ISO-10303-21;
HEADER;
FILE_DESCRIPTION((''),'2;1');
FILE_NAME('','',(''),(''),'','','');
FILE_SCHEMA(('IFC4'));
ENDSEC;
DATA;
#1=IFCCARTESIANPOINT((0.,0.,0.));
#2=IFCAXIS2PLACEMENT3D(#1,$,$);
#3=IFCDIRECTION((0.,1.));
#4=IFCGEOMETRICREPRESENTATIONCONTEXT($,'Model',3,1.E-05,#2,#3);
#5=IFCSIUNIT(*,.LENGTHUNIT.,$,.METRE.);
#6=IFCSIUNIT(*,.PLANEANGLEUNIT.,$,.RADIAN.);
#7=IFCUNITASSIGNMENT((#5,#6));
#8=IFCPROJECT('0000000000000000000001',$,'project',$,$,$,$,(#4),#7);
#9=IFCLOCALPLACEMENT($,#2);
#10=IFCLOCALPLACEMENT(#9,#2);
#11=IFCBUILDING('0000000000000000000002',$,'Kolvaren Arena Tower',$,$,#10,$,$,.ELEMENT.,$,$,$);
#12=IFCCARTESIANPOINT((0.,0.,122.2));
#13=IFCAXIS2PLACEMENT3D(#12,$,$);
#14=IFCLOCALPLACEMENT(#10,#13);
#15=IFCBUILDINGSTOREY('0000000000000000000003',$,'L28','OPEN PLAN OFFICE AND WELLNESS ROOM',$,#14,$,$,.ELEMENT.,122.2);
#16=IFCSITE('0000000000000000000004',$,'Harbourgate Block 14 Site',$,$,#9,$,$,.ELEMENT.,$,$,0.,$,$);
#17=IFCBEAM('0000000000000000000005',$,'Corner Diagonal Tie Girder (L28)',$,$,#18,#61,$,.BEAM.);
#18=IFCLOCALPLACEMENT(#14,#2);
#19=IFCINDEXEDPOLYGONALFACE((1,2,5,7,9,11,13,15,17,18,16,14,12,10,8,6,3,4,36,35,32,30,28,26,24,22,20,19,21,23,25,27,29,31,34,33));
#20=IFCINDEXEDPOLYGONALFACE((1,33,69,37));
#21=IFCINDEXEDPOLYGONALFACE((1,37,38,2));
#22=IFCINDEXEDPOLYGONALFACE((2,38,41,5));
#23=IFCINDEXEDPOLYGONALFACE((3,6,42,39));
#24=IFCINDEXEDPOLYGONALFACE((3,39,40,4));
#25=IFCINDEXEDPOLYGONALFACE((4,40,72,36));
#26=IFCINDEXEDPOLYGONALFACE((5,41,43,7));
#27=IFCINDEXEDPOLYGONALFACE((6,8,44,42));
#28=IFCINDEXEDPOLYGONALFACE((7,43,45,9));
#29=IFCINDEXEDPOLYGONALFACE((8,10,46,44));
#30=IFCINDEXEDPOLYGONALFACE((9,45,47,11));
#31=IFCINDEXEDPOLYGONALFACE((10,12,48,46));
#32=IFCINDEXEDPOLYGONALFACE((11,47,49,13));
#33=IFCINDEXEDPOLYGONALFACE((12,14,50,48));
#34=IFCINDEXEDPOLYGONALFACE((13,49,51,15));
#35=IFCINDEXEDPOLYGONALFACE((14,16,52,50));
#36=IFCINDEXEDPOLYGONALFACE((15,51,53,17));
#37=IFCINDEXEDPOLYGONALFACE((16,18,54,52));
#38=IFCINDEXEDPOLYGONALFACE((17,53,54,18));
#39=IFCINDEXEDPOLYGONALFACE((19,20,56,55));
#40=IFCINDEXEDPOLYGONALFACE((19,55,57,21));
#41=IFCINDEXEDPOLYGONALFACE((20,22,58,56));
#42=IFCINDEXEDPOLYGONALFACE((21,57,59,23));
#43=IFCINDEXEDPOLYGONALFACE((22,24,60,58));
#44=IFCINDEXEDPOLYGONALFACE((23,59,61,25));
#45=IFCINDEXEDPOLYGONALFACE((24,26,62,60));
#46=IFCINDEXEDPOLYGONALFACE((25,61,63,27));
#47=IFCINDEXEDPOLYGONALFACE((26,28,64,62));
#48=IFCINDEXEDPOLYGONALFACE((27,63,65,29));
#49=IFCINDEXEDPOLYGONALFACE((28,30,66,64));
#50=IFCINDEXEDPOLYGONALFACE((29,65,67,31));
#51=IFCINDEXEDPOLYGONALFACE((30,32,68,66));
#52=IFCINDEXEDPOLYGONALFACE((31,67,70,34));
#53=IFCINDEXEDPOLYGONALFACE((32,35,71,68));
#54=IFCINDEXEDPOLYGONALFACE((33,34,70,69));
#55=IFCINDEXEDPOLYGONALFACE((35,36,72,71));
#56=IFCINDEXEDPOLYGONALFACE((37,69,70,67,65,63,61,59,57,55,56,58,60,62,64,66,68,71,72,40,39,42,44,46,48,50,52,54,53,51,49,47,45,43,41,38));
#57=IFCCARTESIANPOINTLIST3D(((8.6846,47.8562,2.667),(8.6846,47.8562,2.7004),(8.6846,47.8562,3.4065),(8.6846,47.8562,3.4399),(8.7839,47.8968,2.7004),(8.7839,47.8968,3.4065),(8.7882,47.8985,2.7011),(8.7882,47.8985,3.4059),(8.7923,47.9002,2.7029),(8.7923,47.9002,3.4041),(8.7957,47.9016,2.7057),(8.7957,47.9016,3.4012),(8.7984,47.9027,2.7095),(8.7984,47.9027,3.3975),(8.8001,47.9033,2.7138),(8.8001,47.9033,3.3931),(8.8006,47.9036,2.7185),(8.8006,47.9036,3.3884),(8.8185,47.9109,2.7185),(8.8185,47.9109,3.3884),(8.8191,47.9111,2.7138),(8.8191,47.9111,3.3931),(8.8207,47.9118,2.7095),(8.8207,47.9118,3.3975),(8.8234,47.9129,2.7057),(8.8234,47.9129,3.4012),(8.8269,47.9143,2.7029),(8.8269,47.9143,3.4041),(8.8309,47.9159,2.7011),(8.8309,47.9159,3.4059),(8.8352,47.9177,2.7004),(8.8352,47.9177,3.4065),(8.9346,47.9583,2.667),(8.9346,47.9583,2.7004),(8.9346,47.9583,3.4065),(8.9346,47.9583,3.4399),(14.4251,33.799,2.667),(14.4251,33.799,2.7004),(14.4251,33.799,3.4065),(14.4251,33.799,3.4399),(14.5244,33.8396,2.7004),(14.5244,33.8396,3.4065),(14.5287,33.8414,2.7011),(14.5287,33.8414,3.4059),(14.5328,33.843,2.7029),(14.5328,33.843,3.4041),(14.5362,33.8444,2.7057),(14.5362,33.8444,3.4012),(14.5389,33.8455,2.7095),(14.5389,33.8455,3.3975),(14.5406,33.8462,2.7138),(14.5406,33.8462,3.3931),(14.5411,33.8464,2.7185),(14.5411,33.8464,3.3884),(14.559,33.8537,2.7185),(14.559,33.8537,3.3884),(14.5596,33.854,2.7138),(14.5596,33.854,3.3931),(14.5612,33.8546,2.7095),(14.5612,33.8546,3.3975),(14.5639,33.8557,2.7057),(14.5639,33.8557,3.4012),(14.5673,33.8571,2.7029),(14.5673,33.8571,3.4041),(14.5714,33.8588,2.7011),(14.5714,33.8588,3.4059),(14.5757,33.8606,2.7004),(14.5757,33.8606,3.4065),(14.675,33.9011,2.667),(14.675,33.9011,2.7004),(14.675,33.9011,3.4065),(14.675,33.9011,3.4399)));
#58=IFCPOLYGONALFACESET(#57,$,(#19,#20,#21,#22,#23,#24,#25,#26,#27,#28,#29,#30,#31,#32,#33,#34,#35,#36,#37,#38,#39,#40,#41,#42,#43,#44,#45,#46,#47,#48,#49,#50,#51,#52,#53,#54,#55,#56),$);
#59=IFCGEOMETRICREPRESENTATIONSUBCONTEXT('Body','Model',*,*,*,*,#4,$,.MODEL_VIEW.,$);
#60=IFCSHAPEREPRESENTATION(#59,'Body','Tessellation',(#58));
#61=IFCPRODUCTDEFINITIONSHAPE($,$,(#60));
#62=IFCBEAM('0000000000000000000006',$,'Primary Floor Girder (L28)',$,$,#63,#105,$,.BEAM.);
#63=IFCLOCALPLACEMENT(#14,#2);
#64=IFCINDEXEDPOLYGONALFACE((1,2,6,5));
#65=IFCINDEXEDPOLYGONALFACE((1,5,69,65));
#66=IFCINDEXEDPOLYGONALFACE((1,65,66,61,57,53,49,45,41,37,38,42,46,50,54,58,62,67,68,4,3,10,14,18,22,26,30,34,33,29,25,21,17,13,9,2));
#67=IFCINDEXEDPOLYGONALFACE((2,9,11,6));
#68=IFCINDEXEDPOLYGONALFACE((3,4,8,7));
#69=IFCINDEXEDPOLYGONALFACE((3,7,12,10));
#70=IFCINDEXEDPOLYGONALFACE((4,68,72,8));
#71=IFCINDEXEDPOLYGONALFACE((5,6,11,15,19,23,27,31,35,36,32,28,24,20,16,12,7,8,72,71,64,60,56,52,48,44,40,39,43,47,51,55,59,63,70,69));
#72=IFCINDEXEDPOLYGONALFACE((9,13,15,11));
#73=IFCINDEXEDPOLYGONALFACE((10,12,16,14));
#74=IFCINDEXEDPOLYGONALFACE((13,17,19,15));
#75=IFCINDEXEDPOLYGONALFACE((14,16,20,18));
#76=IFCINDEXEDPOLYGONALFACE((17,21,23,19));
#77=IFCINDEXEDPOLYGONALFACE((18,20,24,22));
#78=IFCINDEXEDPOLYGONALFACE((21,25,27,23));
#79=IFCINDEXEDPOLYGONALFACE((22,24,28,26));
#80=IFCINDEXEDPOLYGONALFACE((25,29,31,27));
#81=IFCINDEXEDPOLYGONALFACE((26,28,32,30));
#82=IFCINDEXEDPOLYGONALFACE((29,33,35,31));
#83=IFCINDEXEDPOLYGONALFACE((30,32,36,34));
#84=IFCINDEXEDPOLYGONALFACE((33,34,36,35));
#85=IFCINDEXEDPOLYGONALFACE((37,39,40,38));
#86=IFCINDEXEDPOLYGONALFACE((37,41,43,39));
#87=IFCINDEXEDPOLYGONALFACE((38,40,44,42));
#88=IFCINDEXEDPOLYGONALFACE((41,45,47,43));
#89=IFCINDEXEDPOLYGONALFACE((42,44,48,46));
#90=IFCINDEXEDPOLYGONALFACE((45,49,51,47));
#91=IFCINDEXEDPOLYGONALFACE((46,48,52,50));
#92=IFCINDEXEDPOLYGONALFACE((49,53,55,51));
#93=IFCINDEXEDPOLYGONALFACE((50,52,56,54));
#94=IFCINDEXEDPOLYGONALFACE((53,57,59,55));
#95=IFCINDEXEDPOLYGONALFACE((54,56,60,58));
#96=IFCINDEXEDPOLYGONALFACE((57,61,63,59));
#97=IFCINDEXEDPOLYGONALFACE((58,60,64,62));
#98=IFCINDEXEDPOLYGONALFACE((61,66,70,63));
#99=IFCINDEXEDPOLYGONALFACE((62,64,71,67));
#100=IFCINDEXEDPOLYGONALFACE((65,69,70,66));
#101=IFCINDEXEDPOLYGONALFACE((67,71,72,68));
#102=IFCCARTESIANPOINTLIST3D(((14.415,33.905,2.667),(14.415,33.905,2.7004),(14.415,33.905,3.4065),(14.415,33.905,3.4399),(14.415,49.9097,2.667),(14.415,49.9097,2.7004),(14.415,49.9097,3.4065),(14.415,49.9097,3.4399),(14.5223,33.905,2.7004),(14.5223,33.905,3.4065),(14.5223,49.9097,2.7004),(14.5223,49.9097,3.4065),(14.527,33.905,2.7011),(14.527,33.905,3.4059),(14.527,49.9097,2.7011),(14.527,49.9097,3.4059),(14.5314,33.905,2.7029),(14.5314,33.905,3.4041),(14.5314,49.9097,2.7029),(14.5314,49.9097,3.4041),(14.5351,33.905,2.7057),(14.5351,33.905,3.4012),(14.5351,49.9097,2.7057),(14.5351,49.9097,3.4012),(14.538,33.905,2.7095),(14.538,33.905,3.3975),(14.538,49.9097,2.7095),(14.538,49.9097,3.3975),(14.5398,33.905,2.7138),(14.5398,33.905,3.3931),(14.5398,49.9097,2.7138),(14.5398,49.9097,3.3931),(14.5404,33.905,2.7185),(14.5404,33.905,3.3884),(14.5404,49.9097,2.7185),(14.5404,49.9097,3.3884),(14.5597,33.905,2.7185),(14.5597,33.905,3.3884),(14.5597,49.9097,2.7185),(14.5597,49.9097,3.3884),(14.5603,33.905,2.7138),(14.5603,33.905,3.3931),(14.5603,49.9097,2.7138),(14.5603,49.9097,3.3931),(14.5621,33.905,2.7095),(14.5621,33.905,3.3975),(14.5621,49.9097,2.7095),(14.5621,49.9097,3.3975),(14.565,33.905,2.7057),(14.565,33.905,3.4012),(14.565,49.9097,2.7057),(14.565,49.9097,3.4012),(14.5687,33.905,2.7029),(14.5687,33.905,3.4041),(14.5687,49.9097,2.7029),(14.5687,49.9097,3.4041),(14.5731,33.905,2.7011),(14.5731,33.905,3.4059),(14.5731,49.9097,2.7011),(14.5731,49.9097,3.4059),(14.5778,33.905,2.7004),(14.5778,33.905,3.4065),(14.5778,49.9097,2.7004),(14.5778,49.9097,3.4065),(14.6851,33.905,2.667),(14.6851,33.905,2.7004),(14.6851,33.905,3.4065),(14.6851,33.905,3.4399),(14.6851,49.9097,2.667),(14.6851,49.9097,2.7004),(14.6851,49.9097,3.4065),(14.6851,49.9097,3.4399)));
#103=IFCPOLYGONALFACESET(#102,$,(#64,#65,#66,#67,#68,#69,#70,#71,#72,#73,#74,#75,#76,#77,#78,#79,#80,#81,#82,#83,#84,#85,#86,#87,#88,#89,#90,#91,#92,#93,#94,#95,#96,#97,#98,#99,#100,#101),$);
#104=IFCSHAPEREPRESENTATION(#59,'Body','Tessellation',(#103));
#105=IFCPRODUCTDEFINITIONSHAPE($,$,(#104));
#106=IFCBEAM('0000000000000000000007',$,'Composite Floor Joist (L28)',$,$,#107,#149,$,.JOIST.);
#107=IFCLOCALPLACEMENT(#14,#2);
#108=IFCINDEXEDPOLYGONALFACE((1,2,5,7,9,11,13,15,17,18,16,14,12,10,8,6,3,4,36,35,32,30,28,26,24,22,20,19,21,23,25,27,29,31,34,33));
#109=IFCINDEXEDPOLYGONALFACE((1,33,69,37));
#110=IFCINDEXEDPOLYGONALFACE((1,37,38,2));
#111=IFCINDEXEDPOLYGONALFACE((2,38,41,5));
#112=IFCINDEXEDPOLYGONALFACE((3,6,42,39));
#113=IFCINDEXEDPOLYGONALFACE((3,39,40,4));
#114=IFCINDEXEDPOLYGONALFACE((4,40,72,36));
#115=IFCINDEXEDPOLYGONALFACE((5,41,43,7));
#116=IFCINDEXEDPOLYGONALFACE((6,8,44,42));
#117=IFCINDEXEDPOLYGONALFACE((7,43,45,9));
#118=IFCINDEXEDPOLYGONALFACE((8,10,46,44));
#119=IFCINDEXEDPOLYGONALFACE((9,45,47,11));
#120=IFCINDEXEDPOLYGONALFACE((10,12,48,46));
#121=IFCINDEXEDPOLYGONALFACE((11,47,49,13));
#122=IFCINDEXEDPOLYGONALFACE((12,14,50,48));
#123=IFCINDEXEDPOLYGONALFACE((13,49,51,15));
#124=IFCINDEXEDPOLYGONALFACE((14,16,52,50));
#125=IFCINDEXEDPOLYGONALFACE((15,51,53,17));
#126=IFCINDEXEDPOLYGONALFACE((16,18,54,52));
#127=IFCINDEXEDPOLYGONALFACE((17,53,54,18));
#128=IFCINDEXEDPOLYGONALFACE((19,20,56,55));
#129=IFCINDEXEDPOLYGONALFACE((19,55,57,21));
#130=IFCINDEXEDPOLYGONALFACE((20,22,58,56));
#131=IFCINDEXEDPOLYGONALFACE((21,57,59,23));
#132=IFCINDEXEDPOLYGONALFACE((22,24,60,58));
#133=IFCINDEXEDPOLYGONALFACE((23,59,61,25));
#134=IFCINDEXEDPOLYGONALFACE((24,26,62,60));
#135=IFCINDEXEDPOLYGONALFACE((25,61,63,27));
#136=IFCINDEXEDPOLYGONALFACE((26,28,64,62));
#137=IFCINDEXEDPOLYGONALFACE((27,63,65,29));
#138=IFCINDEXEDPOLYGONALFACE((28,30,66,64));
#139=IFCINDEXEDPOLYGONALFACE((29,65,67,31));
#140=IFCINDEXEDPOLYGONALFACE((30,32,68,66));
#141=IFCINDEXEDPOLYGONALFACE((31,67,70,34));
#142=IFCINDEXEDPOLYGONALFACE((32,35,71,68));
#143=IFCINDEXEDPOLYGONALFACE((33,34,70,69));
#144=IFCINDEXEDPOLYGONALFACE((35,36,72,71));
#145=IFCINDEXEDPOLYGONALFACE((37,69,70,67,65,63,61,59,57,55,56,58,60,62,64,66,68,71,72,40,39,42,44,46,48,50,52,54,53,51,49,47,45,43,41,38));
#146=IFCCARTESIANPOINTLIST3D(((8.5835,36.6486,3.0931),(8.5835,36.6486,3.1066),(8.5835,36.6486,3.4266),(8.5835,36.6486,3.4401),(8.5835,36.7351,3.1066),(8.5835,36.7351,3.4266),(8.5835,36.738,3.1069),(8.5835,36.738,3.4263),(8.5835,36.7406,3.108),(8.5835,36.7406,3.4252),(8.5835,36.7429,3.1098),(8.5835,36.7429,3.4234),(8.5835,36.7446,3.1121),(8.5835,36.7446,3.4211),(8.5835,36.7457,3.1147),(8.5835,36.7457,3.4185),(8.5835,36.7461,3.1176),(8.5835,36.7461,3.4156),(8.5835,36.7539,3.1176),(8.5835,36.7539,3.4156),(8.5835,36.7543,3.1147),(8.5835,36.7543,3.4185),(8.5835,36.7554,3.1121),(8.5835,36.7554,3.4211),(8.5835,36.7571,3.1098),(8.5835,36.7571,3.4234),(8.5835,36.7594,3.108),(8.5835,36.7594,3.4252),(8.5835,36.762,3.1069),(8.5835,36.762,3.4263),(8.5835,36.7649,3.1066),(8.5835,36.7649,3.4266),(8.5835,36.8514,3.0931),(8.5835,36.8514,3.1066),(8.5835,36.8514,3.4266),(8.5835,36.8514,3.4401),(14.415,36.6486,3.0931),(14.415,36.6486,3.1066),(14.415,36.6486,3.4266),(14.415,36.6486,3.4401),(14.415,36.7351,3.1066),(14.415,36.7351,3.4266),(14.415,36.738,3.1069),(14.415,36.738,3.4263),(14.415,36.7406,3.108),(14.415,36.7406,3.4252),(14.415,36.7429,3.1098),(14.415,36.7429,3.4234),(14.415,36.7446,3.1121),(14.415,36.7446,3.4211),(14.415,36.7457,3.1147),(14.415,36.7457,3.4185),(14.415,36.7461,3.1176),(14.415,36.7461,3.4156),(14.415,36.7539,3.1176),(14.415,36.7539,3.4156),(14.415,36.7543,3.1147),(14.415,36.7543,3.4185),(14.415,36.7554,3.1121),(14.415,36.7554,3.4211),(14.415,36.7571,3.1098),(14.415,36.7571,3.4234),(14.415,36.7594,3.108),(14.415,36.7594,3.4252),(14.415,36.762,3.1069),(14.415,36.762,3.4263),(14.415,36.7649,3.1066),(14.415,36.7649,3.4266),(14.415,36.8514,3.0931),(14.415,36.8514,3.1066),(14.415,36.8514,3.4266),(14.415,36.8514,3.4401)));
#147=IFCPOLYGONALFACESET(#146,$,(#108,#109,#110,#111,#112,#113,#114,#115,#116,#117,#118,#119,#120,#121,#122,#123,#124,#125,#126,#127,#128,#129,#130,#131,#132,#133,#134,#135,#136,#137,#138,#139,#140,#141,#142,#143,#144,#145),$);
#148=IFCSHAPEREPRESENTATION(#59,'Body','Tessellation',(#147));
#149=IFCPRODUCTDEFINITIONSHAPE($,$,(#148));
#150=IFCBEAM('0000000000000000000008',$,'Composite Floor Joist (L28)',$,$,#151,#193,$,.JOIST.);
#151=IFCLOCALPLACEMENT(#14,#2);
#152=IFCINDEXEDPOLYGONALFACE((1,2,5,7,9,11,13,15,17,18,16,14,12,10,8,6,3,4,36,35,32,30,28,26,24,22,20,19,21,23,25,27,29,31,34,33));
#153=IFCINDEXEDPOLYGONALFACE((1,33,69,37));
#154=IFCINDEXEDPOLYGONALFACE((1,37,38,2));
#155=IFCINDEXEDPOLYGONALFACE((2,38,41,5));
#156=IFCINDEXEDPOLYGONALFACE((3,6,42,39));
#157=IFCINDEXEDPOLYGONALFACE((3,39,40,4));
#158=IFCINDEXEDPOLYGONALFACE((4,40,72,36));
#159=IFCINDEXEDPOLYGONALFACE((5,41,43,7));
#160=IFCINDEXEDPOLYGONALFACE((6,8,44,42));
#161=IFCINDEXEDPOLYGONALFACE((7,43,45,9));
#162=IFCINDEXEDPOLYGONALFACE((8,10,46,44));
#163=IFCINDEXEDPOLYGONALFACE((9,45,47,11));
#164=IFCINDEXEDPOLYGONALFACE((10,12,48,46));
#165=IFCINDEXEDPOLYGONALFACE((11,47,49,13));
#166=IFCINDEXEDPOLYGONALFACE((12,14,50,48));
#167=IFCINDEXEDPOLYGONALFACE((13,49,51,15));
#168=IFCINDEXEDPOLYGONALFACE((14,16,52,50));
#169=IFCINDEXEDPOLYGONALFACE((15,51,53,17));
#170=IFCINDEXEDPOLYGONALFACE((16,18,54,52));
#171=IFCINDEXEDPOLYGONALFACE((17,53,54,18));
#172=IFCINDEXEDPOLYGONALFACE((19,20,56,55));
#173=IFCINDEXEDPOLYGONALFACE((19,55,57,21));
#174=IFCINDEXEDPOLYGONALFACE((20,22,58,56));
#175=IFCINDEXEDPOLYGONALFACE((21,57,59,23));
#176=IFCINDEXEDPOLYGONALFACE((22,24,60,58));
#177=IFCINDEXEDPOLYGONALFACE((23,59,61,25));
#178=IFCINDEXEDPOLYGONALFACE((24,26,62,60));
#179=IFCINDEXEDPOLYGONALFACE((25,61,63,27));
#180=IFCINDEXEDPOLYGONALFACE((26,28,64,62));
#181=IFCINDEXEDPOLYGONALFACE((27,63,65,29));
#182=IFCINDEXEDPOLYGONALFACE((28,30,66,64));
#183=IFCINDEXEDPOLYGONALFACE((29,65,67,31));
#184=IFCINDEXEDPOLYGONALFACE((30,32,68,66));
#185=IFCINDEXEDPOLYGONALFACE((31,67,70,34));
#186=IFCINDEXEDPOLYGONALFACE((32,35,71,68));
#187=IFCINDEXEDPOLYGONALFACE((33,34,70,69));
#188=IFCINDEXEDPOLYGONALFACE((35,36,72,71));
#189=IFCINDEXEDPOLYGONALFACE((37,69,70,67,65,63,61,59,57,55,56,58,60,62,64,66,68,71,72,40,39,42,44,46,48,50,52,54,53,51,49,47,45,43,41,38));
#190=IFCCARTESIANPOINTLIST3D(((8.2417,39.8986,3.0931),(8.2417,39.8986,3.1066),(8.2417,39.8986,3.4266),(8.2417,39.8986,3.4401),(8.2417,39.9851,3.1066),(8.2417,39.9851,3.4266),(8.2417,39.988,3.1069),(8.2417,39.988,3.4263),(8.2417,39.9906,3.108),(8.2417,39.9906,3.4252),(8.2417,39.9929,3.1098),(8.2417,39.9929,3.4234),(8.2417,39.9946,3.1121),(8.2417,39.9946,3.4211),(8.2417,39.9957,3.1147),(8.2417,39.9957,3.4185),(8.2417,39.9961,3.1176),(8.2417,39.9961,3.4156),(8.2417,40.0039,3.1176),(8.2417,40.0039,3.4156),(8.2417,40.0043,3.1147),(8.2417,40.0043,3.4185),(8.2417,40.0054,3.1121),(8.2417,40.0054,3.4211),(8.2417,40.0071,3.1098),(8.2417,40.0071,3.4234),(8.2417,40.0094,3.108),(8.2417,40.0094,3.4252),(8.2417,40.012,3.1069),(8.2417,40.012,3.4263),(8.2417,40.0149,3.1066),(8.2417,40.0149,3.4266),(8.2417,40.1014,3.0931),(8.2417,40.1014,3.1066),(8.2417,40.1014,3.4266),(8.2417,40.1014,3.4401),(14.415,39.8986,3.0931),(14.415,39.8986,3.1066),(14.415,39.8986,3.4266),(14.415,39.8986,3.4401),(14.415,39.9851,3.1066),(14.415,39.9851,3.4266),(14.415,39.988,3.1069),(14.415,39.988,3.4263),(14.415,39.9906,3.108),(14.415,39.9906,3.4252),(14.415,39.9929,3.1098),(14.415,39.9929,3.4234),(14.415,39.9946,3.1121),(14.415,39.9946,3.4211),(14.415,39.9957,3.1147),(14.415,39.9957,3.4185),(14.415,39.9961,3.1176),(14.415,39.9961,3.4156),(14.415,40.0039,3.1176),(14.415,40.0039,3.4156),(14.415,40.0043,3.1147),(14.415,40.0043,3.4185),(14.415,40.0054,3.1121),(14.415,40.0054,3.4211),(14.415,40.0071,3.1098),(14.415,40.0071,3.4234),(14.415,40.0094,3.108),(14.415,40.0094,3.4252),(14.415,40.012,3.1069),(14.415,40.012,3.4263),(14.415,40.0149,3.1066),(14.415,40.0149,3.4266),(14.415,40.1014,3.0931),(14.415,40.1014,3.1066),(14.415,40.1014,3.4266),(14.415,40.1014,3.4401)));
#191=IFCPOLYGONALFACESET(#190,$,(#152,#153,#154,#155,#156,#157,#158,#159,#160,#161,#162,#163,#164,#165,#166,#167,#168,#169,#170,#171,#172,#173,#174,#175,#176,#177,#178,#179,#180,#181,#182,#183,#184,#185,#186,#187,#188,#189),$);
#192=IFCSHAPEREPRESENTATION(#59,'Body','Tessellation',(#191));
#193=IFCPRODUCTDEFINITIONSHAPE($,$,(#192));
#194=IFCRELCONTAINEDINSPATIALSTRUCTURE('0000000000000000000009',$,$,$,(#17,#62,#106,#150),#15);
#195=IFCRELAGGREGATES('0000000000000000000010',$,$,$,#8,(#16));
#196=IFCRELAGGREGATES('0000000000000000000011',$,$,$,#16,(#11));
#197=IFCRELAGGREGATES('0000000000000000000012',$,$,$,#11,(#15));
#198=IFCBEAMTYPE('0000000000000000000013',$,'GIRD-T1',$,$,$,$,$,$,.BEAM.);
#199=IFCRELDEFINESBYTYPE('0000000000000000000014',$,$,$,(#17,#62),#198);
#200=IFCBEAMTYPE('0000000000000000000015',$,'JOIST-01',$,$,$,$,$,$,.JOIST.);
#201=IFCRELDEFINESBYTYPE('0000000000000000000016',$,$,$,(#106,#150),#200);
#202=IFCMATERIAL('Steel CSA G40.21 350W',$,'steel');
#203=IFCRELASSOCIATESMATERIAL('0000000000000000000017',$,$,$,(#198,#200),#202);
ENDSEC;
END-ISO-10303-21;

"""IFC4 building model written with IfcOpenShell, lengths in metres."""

from ifc_helpers import new_model, si_unit, direction, frame, origin, origin_2d, place, context, subcontext, project, spatial, i_section, extrude, material, material_profile, profile_set, type_object, element, save


model = new_model("IFC4")

# Units and contexts
model_context = context("Model", 3, precision=1e-05, world=origin(), true_north=direction((0.0, 1.0)))
body_context = subcontext(model_context, "Body", "Model", "MODEL_VIEW")
ifc_project = project(units=[si_unit("LENGTHUNIT", "METRE"), si_unit("PLANEANGLEUNIT", "RADIAN")], contexts=[model_context])

# Site, building, storey
site_placement = place(None, origin())
site = spatial("IfcSite", under=ifc_project, at=site_placement, Name="Harbourgate Block 14 Site", CompositionType="ELEMENT", RefElevation=0.0)
building_placement = place(site_placement, origin())
building = spatial("IfcBuilding", under=site, at=building_placement, Name="Kolvaren Arena Tower", CompositionType="ELEMENT")
storey_placement = place(building_placement, frame((0.0, 0.0, 122.2)))
storey = spatial("IfcBuildingStorey", under=building, at=storey_placement, Name="L28", Description="OPEN PLAN OFFICE AND WELLNESS ROOM", CompositionType="ELEMENT", Elevation=122.2)

# Beams
ifc_material_1 = material(Name="Steel CSA G40.21 350W", Category="steel")
ifc_material_profile_1 = material_profile(ifc_material_1, i_section(OverallWidth=0.27, OverallDepth=0.7729, WebThickness=0.0193, FlangeThickness=0.0334, FilletRadius=0.0181, at=origin_2d()), Name="W760x257")
ifc_profile_set_1 = profile_set([ifc_material_profile_1], Name="Steel CSA G40.21 350W")
beam_type_1 = type_object("IfcBeamType", Name="GIRD-T1", PredefinedType="BEAM", material=ifc_profile_set_1)
beam_1_placement = place(storey_placement, frame((8.8096, 47.9072, 3.0535), z_axis=(0.378059, -0.925781, 0.0), x_axis=(0.925781, 0.378059, 0.0)))
element("IfcBeam", 1, at=beam_1_placement, inside=storey, type_object=beam_type_1, Name="Corner Diagonal Tie Girder (L28)", PredefinedType="BEAM", context=body_context, shape_type="SweptSolid", body=[
    extrude(i_section(OverallWidth=0.27, OverallDepth=0.7729, WebThickness=0.0193, FlangeThickness=0.0334, FilletRadius=0.0181, at=origin_2d()), origin(), (0.0, 0.0, 1.0), 15.1841),
])
beam_2_placement = place(storey_placement, frame((14.55, 33.905, 3.0535), z_axis=(0.0, 1.0, 0.0), x_axis=(-1.0, 0.0, 0.0)))
element("IfcBeam", 2, at=beam_2_placement, inside=storey, type_object=beam_type_1, Name="Primary Floor Girder (L28)", PredefinedType="BEAM", context=body_context, shape_type="SweptSolid", body=[
    extrude(i_section(OverallWidth=0.27, OverallDepth=0.7729, WebThickness=0.0193, FlangeThickness=0.0334, FilletRadius=0.0181, at=origin_2d()), origin(), (0.0, 0.0, 1.0), 16.0046),
])
ifc_material_profile_2 = material_profile(ifc_material_1, i_section(OverallWidth=0.2029, OverallDepth=0.3469, WebThickness=0.0078, FlangeThickness=0.0134, FilletRadius=0.011, at=origin_2d()), Name="W360x64")
ifc_profile_set_2 = profile_set([ifc_material_profile_2], Name="Steel CSA G40.21 350W")
beam_type_2 = type_object("IfcBeamType", Name="JOIST-01", PredefinedType="JOIST", material=ifc_profile_set_2)
beam_3_placement = place(storey_placement, frame((8.5835, 36.75, 3.2666), z_axis=(1.0, 0.0, 0.0), x_axis=(0.0, 1.0, 0.0)))
element("IfcBeam", 3, at=beam_3_placement, inside=storey, type_object=beam_type_2, Name="Composite Floor Joist (L28)", PredefinedType="JOIST", context=body_context, shape_type="SweptSolid", body=[
    extrude(i_section(OverallWidth=0.2029, OverallDepth=0.3469, WebThickness=0.0078, FlangeThickness=0.0134, FilletRadius=0.011, at=origin_2d()), origin(), (0.0, 0.0, 1.0), 5.8315),
])
beam_4_placement = place(storey_placement, frame((8.2417, 40.0, 3.2666), z_axis=(1.0, 0.0, 0.0), x_axis=(0.0, 1.0, 0.0)))
element("IfcBeam", 4, at=beam_4_placement, inside=storey, type_object=beam_type_2, Name="Composite Floor Joist (L28)", PredefinedType="JOIST", context=body_context, shape_type="SweptSolid", body=[
    extrude(i_section(OverallWidth=0.2029, OverallDepth=0.3469, WebThickness=0.0078, FlangeThickness=0.0134, FilletRadius=0.011, at=origin_2d()), origin(), (0.0, 0.0, 1.0), 6.1733),
])

save(model, "model.ifc")
